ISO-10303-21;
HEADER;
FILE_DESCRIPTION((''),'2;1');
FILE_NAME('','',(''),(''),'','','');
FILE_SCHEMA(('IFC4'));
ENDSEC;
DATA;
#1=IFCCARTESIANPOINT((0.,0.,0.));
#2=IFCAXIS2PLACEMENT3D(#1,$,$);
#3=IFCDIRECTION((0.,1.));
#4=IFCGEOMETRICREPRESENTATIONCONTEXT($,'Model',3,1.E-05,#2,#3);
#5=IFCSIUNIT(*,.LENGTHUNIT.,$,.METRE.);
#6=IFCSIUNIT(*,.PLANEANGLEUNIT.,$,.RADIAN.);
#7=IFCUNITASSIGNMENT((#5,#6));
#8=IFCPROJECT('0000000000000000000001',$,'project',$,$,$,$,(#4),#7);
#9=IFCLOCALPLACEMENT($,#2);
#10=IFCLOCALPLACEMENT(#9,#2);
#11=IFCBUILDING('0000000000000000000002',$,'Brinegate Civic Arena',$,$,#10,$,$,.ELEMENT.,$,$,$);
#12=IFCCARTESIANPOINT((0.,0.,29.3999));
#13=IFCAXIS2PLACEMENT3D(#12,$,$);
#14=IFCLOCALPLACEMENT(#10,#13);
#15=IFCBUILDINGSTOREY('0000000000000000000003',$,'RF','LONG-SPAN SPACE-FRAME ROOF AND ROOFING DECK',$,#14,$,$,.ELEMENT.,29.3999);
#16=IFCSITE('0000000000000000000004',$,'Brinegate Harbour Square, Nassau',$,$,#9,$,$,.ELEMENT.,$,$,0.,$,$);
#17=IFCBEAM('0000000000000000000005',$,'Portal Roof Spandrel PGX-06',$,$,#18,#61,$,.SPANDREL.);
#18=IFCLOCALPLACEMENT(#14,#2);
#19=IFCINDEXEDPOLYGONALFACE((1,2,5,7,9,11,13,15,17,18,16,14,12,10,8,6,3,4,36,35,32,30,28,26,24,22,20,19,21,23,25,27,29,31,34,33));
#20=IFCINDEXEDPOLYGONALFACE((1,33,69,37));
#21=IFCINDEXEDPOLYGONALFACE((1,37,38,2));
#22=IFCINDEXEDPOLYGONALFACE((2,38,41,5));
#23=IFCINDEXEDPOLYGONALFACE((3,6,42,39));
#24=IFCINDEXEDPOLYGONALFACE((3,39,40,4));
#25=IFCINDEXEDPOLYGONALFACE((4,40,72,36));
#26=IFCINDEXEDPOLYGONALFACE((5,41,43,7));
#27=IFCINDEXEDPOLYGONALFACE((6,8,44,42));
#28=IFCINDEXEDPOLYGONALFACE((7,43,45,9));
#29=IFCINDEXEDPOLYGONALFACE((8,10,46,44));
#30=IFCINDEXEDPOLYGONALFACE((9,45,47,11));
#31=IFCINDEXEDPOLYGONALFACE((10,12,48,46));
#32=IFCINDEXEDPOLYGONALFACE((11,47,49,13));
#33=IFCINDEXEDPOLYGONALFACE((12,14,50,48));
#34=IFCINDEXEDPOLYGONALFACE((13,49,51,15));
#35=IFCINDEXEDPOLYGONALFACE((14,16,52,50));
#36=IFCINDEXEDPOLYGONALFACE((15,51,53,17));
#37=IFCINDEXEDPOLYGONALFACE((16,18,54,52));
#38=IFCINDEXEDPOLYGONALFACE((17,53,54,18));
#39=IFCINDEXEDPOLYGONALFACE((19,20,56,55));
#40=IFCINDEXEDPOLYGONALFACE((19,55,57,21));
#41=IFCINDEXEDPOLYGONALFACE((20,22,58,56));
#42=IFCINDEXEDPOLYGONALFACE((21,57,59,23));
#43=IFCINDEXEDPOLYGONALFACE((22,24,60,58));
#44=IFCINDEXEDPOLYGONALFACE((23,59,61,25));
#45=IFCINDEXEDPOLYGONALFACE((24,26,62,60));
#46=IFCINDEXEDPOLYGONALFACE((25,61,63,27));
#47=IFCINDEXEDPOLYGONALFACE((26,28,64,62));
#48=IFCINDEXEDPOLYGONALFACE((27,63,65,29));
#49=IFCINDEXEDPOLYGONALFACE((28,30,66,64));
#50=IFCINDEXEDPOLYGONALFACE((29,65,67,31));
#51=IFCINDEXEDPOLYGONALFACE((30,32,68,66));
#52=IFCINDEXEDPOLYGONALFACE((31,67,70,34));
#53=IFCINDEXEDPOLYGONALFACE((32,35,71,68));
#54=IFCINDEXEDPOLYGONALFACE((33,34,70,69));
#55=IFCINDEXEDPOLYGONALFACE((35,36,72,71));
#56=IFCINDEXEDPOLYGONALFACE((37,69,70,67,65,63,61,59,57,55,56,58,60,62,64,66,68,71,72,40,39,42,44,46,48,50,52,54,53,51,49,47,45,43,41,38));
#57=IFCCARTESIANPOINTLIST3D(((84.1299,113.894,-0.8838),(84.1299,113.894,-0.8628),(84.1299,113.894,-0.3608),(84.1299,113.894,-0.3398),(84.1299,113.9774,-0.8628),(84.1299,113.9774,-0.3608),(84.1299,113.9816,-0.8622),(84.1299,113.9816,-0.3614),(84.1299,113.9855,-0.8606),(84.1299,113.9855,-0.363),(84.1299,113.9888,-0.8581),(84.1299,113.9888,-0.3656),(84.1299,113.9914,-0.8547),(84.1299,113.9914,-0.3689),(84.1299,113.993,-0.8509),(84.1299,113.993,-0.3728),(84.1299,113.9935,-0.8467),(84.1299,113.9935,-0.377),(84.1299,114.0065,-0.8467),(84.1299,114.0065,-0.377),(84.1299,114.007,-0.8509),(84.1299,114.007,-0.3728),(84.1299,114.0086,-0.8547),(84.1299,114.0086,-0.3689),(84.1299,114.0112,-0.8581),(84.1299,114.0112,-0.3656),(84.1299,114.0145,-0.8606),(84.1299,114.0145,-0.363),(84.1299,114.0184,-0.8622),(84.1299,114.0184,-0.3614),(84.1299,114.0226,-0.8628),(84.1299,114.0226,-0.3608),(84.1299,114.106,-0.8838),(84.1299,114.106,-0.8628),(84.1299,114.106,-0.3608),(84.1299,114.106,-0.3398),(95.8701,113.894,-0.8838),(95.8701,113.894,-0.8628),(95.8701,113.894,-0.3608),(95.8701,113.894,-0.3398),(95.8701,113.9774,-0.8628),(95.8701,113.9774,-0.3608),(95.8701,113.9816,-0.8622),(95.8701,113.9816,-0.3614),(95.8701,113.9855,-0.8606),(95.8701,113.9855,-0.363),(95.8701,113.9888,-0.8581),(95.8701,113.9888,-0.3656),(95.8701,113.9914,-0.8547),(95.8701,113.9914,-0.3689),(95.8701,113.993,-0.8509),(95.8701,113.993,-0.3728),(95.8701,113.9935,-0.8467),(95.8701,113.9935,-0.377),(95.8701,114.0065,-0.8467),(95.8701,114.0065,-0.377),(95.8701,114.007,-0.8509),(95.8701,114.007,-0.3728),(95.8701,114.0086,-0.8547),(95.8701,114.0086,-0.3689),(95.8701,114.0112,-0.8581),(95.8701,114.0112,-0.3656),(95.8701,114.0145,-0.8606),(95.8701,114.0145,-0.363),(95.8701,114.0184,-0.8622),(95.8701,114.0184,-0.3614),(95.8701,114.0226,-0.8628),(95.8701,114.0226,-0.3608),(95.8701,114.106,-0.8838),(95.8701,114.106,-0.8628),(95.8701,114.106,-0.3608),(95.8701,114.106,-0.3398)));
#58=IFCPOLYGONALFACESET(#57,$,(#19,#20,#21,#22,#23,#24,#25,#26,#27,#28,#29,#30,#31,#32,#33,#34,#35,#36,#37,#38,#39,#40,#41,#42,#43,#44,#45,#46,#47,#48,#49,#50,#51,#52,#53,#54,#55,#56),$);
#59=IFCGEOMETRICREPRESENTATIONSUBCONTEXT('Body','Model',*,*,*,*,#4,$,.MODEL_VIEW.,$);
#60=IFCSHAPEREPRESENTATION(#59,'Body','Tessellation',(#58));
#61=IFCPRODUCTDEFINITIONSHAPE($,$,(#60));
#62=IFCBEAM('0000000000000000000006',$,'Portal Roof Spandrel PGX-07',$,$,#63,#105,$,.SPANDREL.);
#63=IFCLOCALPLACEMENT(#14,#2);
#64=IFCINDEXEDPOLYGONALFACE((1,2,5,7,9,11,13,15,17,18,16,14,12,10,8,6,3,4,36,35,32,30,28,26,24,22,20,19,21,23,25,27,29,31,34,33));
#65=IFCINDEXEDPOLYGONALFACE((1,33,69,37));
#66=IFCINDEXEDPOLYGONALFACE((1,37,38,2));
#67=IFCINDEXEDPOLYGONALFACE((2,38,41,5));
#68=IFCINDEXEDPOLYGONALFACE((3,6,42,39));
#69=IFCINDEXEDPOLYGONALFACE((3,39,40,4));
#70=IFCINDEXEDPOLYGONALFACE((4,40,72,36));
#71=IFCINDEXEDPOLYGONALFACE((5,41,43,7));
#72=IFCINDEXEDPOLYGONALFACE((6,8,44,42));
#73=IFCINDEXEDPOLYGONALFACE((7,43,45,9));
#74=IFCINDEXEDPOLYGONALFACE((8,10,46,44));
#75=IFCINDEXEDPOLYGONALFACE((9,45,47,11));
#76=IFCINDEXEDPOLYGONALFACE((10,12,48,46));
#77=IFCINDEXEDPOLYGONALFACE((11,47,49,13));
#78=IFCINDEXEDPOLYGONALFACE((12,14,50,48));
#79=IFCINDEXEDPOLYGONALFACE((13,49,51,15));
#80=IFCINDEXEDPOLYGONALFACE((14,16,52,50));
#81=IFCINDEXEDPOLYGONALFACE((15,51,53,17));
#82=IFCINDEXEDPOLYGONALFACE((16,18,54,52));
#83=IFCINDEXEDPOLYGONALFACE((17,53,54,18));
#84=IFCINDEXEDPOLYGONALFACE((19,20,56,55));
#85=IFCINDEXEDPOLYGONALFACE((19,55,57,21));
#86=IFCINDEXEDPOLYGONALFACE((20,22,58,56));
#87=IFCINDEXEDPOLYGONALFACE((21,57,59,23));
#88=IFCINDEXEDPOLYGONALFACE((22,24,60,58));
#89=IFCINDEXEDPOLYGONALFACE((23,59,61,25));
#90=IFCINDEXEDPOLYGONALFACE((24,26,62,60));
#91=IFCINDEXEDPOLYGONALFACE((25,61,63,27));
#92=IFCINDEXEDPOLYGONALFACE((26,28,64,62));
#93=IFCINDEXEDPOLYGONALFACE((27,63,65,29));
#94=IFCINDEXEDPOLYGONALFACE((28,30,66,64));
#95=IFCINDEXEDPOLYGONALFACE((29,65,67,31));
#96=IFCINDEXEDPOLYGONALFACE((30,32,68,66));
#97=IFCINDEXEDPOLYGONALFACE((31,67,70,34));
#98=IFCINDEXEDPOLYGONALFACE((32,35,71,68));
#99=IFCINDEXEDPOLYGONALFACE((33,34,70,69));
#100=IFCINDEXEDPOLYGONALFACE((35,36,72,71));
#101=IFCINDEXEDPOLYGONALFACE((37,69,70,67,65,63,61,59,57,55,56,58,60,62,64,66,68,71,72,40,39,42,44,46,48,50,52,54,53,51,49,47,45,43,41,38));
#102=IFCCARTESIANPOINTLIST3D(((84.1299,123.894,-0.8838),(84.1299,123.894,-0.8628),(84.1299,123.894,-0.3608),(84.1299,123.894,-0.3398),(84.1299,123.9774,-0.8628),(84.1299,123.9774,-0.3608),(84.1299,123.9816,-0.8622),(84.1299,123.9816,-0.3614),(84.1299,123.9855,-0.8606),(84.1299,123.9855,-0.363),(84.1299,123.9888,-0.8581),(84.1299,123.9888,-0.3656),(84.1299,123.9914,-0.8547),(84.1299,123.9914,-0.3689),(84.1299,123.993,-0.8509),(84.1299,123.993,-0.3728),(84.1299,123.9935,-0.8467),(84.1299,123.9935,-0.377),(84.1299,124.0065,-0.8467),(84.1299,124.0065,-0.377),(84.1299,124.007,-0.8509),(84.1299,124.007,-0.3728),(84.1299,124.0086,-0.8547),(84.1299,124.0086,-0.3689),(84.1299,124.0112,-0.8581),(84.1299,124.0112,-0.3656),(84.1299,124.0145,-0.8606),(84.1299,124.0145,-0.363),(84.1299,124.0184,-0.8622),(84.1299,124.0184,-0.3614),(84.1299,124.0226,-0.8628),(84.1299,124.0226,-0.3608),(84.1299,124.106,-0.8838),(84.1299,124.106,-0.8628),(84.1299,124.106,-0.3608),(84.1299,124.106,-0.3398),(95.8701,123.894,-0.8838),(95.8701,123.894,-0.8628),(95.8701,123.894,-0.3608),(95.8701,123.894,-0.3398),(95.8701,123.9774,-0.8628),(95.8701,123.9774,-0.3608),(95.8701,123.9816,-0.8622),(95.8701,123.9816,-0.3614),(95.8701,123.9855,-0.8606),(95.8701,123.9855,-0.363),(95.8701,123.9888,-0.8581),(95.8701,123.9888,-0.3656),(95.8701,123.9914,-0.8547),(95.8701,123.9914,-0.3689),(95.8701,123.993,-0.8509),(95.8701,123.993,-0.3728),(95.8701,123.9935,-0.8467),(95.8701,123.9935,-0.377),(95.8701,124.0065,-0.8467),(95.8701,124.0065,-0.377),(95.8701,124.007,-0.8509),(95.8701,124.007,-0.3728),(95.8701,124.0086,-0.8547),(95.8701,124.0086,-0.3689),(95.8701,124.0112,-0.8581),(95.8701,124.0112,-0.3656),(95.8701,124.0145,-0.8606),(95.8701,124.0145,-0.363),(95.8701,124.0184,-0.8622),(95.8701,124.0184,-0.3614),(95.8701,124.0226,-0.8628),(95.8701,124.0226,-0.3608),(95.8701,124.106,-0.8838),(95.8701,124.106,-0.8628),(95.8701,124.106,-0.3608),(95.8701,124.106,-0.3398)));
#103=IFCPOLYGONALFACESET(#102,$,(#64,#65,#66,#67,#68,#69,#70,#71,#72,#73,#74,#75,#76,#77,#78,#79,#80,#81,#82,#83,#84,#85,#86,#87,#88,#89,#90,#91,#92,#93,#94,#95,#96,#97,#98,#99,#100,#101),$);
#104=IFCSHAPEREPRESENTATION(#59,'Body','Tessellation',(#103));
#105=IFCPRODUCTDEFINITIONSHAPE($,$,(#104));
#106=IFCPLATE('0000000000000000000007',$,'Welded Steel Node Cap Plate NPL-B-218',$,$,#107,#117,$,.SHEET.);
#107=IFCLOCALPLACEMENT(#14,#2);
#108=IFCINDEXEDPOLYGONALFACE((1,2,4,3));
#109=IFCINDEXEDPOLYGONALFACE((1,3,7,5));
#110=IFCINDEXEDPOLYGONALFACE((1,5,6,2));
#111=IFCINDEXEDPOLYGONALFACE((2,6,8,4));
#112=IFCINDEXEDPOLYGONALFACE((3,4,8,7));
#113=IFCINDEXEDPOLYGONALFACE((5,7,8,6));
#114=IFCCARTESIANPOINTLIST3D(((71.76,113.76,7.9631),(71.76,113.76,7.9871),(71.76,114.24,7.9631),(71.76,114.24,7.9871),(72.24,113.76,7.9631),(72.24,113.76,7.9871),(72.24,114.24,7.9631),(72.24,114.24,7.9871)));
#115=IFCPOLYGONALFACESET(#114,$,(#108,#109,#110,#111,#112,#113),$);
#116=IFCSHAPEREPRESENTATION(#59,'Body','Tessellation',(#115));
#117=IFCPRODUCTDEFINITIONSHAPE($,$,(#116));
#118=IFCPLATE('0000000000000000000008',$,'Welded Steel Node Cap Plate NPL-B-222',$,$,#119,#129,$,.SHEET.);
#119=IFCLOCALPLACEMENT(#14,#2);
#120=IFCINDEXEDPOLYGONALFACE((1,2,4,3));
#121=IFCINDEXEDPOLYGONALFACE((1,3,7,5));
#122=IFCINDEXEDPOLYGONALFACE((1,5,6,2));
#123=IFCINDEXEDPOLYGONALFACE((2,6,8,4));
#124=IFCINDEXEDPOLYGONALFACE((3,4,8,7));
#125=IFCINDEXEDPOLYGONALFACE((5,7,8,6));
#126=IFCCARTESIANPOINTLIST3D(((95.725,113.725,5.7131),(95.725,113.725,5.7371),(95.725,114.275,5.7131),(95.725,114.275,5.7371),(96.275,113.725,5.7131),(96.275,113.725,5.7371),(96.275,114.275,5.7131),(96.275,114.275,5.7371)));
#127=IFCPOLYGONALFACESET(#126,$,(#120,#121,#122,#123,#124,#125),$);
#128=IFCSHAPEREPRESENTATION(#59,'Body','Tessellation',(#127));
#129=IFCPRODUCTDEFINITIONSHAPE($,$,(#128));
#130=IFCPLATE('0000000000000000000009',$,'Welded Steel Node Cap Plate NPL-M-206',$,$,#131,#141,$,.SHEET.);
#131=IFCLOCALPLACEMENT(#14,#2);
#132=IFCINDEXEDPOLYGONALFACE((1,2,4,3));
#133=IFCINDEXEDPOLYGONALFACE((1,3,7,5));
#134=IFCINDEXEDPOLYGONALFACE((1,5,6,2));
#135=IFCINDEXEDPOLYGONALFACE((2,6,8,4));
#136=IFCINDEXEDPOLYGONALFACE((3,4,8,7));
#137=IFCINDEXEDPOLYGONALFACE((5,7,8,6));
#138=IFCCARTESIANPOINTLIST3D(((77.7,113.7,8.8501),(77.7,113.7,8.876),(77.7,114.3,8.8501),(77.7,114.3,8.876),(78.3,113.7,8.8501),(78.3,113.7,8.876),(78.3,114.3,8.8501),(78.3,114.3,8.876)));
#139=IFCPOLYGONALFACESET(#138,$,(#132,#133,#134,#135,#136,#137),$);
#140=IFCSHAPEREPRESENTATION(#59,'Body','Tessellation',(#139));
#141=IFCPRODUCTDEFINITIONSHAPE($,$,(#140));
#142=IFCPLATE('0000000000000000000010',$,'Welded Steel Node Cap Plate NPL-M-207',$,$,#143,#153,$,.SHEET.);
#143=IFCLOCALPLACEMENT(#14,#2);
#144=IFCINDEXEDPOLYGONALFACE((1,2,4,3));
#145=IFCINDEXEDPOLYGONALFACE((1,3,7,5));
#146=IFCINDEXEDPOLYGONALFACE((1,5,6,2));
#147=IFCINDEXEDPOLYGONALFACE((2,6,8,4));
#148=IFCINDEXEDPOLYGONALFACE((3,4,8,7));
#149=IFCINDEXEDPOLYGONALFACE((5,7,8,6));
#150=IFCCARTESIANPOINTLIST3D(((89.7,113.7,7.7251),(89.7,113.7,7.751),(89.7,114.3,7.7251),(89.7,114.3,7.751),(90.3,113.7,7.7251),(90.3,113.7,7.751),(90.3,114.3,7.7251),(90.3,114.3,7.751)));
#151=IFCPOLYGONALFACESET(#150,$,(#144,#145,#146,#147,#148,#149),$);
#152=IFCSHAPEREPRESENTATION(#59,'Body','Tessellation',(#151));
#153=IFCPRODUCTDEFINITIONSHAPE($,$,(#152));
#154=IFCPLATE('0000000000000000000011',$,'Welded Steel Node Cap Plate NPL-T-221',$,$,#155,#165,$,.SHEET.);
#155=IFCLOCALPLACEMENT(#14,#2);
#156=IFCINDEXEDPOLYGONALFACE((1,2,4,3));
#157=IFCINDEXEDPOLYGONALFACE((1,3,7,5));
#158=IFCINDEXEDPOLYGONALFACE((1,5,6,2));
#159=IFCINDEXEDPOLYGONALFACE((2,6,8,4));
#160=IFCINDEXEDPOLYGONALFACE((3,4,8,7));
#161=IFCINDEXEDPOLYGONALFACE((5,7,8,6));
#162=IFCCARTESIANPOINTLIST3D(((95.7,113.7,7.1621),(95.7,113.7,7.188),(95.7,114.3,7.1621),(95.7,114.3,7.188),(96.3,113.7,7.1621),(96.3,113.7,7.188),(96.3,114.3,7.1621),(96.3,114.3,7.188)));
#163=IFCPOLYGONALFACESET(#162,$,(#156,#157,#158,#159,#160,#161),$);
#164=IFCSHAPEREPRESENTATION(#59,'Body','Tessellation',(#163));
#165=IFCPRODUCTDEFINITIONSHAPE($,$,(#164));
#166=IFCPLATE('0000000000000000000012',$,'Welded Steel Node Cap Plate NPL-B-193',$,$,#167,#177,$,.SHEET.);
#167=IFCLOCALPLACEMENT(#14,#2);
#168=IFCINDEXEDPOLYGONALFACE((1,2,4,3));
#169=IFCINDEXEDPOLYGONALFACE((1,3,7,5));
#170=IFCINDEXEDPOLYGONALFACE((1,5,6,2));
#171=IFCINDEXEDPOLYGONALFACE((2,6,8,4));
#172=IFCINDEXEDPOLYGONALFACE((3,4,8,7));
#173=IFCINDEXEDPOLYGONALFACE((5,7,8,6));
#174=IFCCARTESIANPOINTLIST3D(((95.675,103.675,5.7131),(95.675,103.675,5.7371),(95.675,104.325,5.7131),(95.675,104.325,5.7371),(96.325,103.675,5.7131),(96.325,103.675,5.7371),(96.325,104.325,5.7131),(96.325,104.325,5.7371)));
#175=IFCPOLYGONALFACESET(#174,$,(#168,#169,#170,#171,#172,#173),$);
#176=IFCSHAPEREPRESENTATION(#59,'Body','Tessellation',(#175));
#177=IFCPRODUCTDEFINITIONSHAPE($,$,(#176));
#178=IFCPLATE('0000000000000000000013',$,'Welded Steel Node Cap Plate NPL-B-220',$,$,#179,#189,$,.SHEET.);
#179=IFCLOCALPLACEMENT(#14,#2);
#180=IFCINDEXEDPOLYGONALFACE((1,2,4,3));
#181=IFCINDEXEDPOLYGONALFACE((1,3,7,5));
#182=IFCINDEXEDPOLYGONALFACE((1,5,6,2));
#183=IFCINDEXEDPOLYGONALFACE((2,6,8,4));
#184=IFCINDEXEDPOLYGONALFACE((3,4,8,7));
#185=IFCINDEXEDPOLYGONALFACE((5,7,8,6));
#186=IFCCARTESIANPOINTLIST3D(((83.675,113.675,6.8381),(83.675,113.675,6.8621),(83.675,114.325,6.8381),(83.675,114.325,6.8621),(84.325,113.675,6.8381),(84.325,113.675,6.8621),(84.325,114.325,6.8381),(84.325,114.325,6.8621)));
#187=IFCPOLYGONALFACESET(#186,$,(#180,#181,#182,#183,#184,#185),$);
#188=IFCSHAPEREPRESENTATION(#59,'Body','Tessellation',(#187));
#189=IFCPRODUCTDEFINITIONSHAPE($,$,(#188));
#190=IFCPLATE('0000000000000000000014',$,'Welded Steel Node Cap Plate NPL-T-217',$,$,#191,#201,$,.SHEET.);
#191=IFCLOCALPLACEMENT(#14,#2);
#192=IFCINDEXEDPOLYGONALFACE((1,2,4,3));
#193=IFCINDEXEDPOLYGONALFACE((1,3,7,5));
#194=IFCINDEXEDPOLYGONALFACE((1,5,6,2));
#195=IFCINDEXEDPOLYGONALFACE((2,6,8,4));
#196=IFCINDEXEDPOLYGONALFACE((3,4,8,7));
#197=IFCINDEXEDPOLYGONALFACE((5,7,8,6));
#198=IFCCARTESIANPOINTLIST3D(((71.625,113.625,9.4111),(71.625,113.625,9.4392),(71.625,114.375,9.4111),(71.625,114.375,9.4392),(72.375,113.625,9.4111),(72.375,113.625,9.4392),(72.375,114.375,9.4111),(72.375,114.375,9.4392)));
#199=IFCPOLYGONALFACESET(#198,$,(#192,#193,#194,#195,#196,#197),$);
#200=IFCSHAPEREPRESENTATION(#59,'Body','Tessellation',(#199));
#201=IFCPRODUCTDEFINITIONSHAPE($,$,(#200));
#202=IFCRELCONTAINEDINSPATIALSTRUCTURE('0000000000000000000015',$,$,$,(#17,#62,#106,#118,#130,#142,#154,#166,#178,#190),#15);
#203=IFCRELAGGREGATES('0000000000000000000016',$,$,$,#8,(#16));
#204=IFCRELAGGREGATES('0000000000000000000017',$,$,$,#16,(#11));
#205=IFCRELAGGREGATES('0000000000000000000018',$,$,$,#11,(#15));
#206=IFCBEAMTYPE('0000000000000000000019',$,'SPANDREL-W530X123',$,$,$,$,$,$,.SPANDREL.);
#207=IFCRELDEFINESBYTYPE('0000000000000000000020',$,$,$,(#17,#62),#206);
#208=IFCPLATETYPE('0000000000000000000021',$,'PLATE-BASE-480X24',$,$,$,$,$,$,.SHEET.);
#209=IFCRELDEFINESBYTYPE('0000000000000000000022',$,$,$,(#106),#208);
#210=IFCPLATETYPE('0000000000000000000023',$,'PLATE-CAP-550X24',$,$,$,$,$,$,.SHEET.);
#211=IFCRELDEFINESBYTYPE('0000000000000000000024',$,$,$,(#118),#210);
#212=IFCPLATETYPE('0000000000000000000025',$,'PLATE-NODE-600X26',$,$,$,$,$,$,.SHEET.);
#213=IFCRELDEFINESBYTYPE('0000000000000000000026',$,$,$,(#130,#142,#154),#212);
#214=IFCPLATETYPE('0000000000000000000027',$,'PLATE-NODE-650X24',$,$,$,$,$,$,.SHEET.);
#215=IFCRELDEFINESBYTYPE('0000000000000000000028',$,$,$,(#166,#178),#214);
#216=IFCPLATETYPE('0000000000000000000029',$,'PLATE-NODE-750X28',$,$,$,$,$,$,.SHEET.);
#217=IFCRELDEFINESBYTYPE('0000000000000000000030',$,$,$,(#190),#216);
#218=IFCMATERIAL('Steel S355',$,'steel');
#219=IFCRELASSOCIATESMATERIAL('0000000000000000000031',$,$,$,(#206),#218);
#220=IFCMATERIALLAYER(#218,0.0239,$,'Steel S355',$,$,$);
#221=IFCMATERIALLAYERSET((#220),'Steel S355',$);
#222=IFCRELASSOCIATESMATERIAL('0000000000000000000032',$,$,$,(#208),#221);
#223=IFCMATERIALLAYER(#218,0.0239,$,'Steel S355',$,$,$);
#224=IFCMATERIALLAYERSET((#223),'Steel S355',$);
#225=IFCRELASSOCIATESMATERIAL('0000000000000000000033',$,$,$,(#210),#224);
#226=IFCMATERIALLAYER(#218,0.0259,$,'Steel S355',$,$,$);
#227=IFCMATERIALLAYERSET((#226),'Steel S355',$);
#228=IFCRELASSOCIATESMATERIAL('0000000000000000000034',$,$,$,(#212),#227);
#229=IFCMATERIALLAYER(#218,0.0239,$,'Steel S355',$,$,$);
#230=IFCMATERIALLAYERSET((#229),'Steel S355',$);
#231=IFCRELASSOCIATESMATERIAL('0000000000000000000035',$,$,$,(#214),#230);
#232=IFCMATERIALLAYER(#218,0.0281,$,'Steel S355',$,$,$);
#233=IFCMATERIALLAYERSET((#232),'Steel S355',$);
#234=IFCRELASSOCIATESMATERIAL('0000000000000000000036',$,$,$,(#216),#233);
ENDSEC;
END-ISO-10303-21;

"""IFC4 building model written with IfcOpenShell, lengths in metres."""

from ifc_helpers import new_model, si_unit, direction, frame, origin, origin_2d, place, context, subcontext, project, spatial, rectangle, i_section, extrude, material, layer, layer_set, material_profile, profile_set, type_object, element, save


model = new_model("IFC4")

# Units and contexts
model_context = context("Model", 3, precision=1e-05, world=origin(), true_north=direction((0.0, 1.0)))
body_context = subcontext(model_context, "Body", "Model", "MODEL_VIEW")
ifc_project = project(units=[si_unit("LENGTHUNIT", "METRE"), si_unit("PLANEANGLEUNIT", "RADIAN")], contexts=[model_context])

# Site, building, storey
site_placement = place(None, origin())
site = spatial("IfcSite", under=ifc_project, at=site_placement, Name="Brinegate Harbour Square, Nassau", CompositionType="ELEMENT", RefElevation=0.0)
building_placement = place(site_placement, origin())
building = spatial("IfcBuilding", under=site, at=building_placement, Name="Brinegate Civic Arena", CompositionType="ELEMENT")
storey_placement = place(building_placement, frame((0.0, 0.0, 29.3999)))
storey = spatial("IfcBuildingStorey", under=building, at=storey_placement, Name="RF", Description="LONG-SPAN SPACE-FRAME ROOF AND ROOFING DECK", CompositionType="ELEMENT", Elevation=29.3999)

# Shared definitions
ifc_material_1 = material(Name="Steel S355", Category="steel")

# Beams
ifc_material_profile_1 = material_profile(ifc_material_1, i_section(OverallWidth=0.2119, OverallDepth=0.5439, WebThickness=0.0129, FlangeThickness=0.021, FilletRadius=0.0161, at=origin_2d()), Name="W530X123")
ifc_profile_set_1 = profile_set([ifc_material_profile_1], Name="Steel S355")
beam_type_1 = type_object("IfcBeamType", Name="SPANDREL-W530X123", PredefinedType="SPANDREL", material=ifc_profile_set_1)
for number, where, z_axis, x_axis, name in (
    (1, (84.1299, 114.0, -0.6118), (1.0, 0.0, 0.0), (0.0, 1.0, 0.0), "Portal Roof Spandrel PGX-06"),
    (2, (84.1299, 124.0, -0.6118), (1.0, 0.0, 0.0), (0.0, 1.0, 0.0), "Portal Roof Spandrel PGX-07"),
):
    element("IfcBeam", number, at=place(storey_placement, frame(where, z_axis=z_axis, x_axis=x_axis)), inside=storey, type_object=beam_type_1, Name=name, PredefinedType="SPANDREL", context=body_context, shape_type="SweptSolid", body=[
        extrude(i_section(OverallWidth=0.2119, OverallDepth=0.5439, WebThickness=0.0129, FlangeThickness=0.021, FilletRadius=0.0161, at=origin_2d()), origin(), (0.0, 0.0, 1.0), 11.7402),
    ])

# Plates
ifc_layer_1 = layer(ifc_material_1, 0.0239, Name="Steel S355")
ifc_layer_set_1 = layer_set([ifc_layer_1], Name="Steel S355")
plate_type_1 = type_object("IfcPlateType", Name="PLATE-BASE-480X24", PredefinedType="SHEET", material=ifc_layer_set_1)
plate_1_placement = place(storey_placement, frame((72.0, 114.0, 7.9631), z_axis=(0.0, 0.0, 1.0), x_axis=(1.0, 0.0, 0.0)))
element("IfcPlate", 3, at=plate_1_placement, inside=storey, type_object=plate_type_1, Name="Welded Steel Node Cap Plate NPL-B-218", PredefinedType="SHEET", context=body_context, shape_type="SweptSolid", body=[
    extrude(rectangle(XDim=0.48, YDim=0.48, at=origin_2d()), origin(), (0.0, 0.0, 1.0), 0.0239),
])
ifc_layer_2 = layer(ifc_material_1, 0.0239, Name="Steel S355")
ifc_layer_set_2 = layer_set([ifc_layer_2], Name="Steel S355")
plate_type_2 = type_object("IfcPlateType", Name="PLATE-CAP-550X24", PredefinedType="SHEET", material=ifc_layer_set_2)
plate_2_placement = place(storey_placement, frame((96.0, 114.0, 5.7131), z_axis=(0.0, 0.0, 1.0), x_axis=(1.0, 0.0, 0.0)))
element("IfcPlate", 4, at=plate_2_placement, inside=storey, type_object=plate_type_2, Name="Welded Steel Node Cap Plate NPL-B-222", PredefinedType="SHEET", context=body_context, shape_type="SweptSolid", body=[
    extrude(rectangle(XDim=0.55, YDim=0.55, at=origin_2d()), origin(), (0.0, 0.0, 1.0), 0.0239),
])
ifc_layer_3 = layer(ifc_material_1, 0.0259, Name="Steel S355")
ifc_layer_set_3 = layer_set([ifc_layer_3], Name="Steel S355")
plate_type_3 = type_object("IfcPlateType", Name="PLATE-NODE-600X26", PredefinedType="SHEET", material=ifc_layer_set_3)
for number, where, z_axis, x_axis, name in (
    (5, (78.0, 114.0, 8.8501), (0.0, 0.0, 1.0), (1.0, 0.0, 0.0), "Welded Steel Node Cap Plate NPL-M-206"),
    (6, (90.0, 114.0, 7.7251), (0.0, 0.0, 1.0), (1.0, 0.0, 0.0), "Welded Steel Node Cap Plate NPL-M-207"),
    (7, (96.0, 114.0, 7.1621), (0.0, 0.0, 1.0), (1.0, 0.0, 0.0), "Welded Steel Node Cap Plate NPL-T-221"),
):
    element("IfcPlate", number, at=place(storey_placement, frame(where, z_axis=z_axis, x_axis=x_axis)), inside=storey, type_object=plate_type_3, Name=name, PredefinedType="SHEET", context=body_context, shape_type="SweptSolid", body=[
        extrude(rectangle(XDim=0.6001, YDim=0.6001, at=origin_2d()), origin(), (0.0, 0.0, 1.0), 0.0259),
    ])
ifc_layer_4 = layer(ifc_material_1, 0.0239, Name="Steel S355")
ifc_layer_set_4 = layer_set([ifc_layer_4], Name="Steel S355")
plate_type_4 = type_object("IfcPlateType", Name="PLATE-NODE-650X24", PredefinedType="SHEET", material=ifc_layer_set_4)
for number, where, z_axis, x_axis, name in (
    (8, (96.0, 104.0, 5.7131), (0.0, 0.0, 1.0), (1.0, 0.0, 0.0), "Welded Steel Node Cap Plate NPL-B-193"),
    (9, (84.0, 114.0, 6.8381), (0.0, 0.0, 1.0), (1.0, 0.0, 0.0), "Welded Steel Node Cap Plate NPL-B-220"),
):
    element("IfcPlate", number, at=place(storey_placement, frame(where, z_axis=z_axis, x_axis=x_axis)), inside=storey, type_object=plate_type_4, Name=name, PredefinedType="SHEET", context=body_context, shape_type="SweptSolid", body=[
        extrude(rectangle(XDim=0.6499, YDim=0.6499, at=origin_2d()), origin(), (0.0, 0.0, 1.0), 0.0239),
    ])
ifc_layer_5 = layer(ifc_material_1, 0.0281, Name="Steel S355")
ifc_layer_set_5 = layer_set([ifc_layer_5], Name="Steel S355")
plate_type_5 = type_object("IfcPlateType", Name="PLATE-NODE-750X28", PredefinedType="SHEET", material=ifc_layer_set_5)
plate_3_placement = place(storey_placement, frame((72.0, 114.0, 9.4111), z_axis=(0.0, 0.0, 1.0), x_axis=(1.0, 0.0, 0.0)))
element("IfcPlate", 10, at=plate_3_placement, inside=storey, type_object=plate_type_5, Name="Welded Steel Node Cap Plate NPL-T-217", PredefinedType="SHEET", context=body_context, shape_type="SweptSolid", body=[
    extrude(rectangle(XDim=0.75, YDim=0.75, at=origin_2d()), origin(), (0.0, 0.0, 1.0), 0.0281),
])

save(model, "model.ifc")
